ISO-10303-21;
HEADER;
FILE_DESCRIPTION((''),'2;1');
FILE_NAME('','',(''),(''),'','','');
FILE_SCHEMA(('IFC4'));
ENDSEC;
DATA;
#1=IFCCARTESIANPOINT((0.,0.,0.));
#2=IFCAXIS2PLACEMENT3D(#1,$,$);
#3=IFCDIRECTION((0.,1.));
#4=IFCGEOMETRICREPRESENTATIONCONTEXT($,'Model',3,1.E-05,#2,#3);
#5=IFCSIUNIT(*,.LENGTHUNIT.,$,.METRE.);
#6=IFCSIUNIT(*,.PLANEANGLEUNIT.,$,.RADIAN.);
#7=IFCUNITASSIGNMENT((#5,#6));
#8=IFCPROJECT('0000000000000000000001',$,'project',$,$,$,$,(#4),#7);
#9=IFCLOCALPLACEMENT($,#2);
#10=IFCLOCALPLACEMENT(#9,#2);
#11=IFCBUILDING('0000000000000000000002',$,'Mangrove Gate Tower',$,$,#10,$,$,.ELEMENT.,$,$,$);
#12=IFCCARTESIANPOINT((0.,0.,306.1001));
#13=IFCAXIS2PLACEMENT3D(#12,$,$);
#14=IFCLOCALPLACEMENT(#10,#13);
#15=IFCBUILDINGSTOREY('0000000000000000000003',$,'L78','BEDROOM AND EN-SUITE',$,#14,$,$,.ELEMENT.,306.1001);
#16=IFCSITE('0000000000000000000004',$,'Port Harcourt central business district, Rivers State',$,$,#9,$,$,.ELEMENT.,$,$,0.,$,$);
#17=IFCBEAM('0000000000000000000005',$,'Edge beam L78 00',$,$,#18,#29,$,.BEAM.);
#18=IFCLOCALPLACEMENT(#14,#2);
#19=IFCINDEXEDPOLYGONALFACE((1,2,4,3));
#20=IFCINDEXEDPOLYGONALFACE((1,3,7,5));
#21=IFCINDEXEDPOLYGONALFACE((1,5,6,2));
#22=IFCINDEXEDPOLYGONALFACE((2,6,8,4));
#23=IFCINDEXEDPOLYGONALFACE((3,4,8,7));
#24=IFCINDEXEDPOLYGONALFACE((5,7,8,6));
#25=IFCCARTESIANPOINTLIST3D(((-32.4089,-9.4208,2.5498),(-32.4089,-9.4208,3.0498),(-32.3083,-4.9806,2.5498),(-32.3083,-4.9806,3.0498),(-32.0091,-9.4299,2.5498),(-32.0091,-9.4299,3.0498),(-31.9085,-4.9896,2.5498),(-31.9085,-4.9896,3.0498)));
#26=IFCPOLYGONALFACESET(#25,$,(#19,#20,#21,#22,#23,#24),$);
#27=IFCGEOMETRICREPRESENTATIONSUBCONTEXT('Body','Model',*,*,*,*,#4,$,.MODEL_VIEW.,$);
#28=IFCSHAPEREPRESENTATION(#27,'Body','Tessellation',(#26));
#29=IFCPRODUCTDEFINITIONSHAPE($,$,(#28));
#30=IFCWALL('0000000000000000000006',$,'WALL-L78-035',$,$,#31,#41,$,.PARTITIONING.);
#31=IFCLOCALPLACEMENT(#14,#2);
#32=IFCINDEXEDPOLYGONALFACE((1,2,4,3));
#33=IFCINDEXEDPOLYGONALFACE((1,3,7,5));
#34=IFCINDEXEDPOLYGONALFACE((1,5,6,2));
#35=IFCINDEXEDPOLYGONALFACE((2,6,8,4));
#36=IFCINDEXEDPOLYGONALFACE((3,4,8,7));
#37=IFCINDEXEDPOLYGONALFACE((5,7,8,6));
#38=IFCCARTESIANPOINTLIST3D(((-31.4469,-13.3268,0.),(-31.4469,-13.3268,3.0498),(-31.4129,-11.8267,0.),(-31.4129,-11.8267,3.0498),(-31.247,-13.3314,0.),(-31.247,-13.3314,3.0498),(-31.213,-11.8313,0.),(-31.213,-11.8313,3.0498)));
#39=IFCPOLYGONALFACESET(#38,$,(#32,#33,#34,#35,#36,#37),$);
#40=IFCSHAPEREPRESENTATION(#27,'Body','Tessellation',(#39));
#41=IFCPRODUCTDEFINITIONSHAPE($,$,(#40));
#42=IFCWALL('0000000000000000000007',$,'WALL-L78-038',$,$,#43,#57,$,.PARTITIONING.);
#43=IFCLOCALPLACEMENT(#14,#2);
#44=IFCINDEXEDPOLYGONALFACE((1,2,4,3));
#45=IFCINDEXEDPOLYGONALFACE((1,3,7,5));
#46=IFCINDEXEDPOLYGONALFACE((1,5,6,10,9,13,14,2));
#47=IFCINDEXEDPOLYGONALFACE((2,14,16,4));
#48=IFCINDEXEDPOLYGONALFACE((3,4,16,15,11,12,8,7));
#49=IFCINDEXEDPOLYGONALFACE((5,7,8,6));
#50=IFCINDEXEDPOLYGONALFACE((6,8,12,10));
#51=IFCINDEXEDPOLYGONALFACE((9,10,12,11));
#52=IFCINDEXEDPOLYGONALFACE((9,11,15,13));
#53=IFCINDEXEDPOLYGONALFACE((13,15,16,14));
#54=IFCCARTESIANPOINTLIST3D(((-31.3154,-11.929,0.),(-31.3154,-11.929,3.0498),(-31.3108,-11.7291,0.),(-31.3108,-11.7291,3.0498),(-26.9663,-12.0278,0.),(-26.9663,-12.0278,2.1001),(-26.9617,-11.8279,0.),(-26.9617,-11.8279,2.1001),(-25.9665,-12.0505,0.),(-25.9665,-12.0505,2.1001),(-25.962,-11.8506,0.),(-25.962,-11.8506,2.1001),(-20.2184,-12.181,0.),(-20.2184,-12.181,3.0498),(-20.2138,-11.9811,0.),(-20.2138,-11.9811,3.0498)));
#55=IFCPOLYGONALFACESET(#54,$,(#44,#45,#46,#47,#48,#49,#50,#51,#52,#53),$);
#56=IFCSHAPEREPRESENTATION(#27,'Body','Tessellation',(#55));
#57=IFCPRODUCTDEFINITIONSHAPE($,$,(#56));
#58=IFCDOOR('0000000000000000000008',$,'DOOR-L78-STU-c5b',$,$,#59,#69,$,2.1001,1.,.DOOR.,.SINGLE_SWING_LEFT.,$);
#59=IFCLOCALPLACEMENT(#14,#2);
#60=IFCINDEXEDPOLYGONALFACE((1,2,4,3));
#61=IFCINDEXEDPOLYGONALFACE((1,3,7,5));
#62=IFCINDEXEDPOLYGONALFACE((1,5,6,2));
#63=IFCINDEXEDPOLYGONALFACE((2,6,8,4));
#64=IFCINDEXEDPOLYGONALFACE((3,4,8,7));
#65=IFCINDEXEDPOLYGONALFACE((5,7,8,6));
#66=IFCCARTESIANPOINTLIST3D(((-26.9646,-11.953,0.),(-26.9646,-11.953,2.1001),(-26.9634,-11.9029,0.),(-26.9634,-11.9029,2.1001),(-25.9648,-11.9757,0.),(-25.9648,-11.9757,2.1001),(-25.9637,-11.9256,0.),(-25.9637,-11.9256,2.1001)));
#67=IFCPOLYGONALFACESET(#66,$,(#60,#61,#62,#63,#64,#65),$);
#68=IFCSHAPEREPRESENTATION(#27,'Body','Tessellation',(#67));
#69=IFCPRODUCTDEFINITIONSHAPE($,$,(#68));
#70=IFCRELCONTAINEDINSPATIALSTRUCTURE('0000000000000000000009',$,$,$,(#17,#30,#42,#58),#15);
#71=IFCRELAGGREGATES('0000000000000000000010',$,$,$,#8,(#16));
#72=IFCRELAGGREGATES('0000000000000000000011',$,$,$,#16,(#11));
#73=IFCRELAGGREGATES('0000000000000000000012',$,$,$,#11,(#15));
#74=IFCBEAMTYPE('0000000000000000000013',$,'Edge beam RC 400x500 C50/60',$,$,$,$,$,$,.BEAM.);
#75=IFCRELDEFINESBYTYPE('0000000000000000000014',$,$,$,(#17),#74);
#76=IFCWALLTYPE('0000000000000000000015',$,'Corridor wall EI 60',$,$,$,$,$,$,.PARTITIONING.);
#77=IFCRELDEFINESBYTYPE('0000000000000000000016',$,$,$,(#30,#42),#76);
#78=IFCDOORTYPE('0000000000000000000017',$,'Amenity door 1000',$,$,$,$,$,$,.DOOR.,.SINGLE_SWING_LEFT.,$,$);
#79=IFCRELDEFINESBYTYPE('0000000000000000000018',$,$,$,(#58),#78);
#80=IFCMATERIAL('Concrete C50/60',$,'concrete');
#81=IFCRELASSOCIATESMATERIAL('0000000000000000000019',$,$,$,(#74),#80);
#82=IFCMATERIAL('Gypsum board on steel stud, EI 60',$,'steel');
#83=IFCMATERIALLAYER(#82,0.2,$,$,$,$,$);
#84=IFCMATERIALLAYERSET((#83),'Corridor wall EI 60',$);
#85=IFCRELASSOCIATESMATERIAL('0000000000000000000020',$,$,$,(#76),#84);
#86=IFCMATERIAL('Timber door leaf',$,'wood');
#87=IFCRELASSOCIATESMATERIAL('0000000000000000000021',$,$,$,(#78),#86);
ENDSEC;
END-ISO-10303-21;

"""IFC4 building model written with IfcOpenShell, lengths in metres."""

from ifc_helpers import new_model, si_unit, direction, frame, frame_2d, origin, origin_2d, place, context, subcontext, project, spatial, rectangle, extrude, material, layer, layer_set, material_profile, profile_set, type_object, element, fill, save


model = new_model("IFC4")

# Units and contexts
model_context = context("Model", 3, precision=1e-05, world=origin(), true_north=direction((0.0, 1.0)))
body_context = subcontext(model_context, "Body", "Model", "MODEL_VIEW")
ifc_project = project(units=[si_unit("LENGTHUNIT", "METRE"), si_unit("PLANEANGLEUNIT", "RADIAN")], contexts=[model_context])

# Site, building, storey
site_placement = place(None, origin())
site = spatial("IfcSite", under=ifc_project, at=site_placement, Name="Port Harcourt central business district, Rivers State", CompositionType="ELEMENT", RefElevation=0.0)
building_placement = place(site_placement, origin())
building = spatial("IfcBuilding", under=site, at=building_placement, Name="Mangrove Gate Tower", CompositionType="ELEMENT")
storey_placement = place(building_placement, frame((0.0, 0.0, 306.1001)))
storey = spatial("IfcBuildingStorey", under=building, at=storey_placement, Name="L78", Description="BEDROOM AND EN-SUITE", CompositionType="ELEMENT", Elevation=306.1001)

# Beam
ifc_material_1 = material(Name="Concrete C50/60", Category="concrete")
ifc_material_profile = material_profile(ifc_material_1, rectangle(XDim=0.3999, YDim=0.5, at=origin_2d()))
ifc_profile_set = profile_set([ifc_material_profile], Name="Concrete C50/60")
beam_type = type_object("IfcBeamType", Name="Edge beam RC 400x500 C50/60", PredefinedType="BEAM", material=ifc_profile_set)
beam_placement = place(storey_placement, frame((-32.1084, -4.9851, 2.7998), z_axis=(-0.022648, -0.999744, 0.0), x_axis=(0.999744, -0.022648, 0.0)))
element("IfcBeam", 1, at=beam_placement, inside=storey, type_object=beam_type, Name="Edge beam L78 00", PredefinedType="BEAM", context=body_context, shape_type="SweptSolid", body=[
    extrude(rectangle(XDim=0.3999, YDim=0.5, at=origin_2d()), origin(), (0.0, 0.0, 1.0), 4.4414),
])

# Shared definitions
ifc_material_2 = material(Name="Gypsum board on steel stud, EI 60", Category="steel")
ifc_layer = layer(ifc_material_2, 0.2)
ifc_layer_set = layer_set([ifc_layer], Name="Corridor wall EI 60")
wall_type = type_object("IfcWallType", Name="Corridor wall EI 60", PredefinedType="PARTITIONING", material=ifc_layer_set)
ifc_material_3 = material(Name="Timber door leaf", Category="wood")
door_type_1 = type_object("IfcDoorType", Name="Amenity door 1000", OperationType="SINGLE_SWING_LEFT", PredefinedType="DOOR", material=ifc_material_3)

# Wall
wall_1_placement = place(storey_placement, frame((-31.3469, -13.3291, 0.0), z_axis=(0.0, 0.0, 1.0), x_axis=(0.022618, 0.999744, 0.0)))
element("IfcWall", 2, at=wall_1_placement, inside=storey, type_object=wall_type, Name="WALL-L78-035", PredefinedType="PARTITIONING", context=body_context, shape_type="SweptSolid", body=[
    extrude(rectangle(XDim=1.5005, YDim=0.2, at=frame_2d((0.7502, 0.0))), origin(), (0.0, 0.0, 1.0), 3.0498),
])

# Wall, opening, door
wall_2_placement = place(storey_placement, frame((-31.313, -11.8291, 0.0), z_axis=(0.0, 0.0, 1.0), x_axis=(0.999742, -0.022699, 0.0)))
wall_2 = element("IfcWall", 3, at=wall_2_placement, inside=storey, type_object=wall_type, Name="WALL-L78-038", PredefinedType="PARTITIONING", context=body_context, shape_type="SweptSolid", body=[
    extrude(rectangle(XDim=11.0999, YDim=0.2, at=frame_2d((5.5498, 0.0))), origin(), (0.0, 0.0, 1.0), 3.0498),
])
opening_1_placement = place(wall_2_placement, frame((4.3501, 0.0, 0.0)))
opening_1 = element("IfcOpeningElement", 4, at=opening_1_placement, cuts=wall_2, PredefinedType="OPENING", context=body_context, shape_type="SweptSolid", body=[
    extrude(rectangle(XDim=1.0, YDim=2.1001, at=frame_2d((0.5, 1.05))), frame((0.0, 0.1099, 0.0), z_axis=(0.0, -1.0, 0.0), x_axis=(1.0, 0.0, 0.0)), (0.0, 0.0, 1.0), 0.22),
])
door_1_placement = place(opening_1_placement, origin())
door_1 = element("IfcDoor", 5, at=door_1_placement, inside=storey, type_object=door_type_1, Name="DOOR-L78-STU-c5b", OperationType="SINGLE_SWING_LEFT", OverallHeight=2.1001, OverallWidth=1.0, PredefinedType="DOOR", context=body_context, shape_type="SweptSolid", body=[
    extrude(rectangle(XDim=1.0, YDim=2.1001, at=frame_2d((0.5, 1.05))), frame((0.0, 0.0249, 0.0), z_axis=(0.0, -1.0, 0.0), x_axis=(1.0, 0.0, 0.0)), (0.0, 0.0, 1.0), 0.05),
])
fill(opening_1, door_1)

save(model, "model.ifc")
